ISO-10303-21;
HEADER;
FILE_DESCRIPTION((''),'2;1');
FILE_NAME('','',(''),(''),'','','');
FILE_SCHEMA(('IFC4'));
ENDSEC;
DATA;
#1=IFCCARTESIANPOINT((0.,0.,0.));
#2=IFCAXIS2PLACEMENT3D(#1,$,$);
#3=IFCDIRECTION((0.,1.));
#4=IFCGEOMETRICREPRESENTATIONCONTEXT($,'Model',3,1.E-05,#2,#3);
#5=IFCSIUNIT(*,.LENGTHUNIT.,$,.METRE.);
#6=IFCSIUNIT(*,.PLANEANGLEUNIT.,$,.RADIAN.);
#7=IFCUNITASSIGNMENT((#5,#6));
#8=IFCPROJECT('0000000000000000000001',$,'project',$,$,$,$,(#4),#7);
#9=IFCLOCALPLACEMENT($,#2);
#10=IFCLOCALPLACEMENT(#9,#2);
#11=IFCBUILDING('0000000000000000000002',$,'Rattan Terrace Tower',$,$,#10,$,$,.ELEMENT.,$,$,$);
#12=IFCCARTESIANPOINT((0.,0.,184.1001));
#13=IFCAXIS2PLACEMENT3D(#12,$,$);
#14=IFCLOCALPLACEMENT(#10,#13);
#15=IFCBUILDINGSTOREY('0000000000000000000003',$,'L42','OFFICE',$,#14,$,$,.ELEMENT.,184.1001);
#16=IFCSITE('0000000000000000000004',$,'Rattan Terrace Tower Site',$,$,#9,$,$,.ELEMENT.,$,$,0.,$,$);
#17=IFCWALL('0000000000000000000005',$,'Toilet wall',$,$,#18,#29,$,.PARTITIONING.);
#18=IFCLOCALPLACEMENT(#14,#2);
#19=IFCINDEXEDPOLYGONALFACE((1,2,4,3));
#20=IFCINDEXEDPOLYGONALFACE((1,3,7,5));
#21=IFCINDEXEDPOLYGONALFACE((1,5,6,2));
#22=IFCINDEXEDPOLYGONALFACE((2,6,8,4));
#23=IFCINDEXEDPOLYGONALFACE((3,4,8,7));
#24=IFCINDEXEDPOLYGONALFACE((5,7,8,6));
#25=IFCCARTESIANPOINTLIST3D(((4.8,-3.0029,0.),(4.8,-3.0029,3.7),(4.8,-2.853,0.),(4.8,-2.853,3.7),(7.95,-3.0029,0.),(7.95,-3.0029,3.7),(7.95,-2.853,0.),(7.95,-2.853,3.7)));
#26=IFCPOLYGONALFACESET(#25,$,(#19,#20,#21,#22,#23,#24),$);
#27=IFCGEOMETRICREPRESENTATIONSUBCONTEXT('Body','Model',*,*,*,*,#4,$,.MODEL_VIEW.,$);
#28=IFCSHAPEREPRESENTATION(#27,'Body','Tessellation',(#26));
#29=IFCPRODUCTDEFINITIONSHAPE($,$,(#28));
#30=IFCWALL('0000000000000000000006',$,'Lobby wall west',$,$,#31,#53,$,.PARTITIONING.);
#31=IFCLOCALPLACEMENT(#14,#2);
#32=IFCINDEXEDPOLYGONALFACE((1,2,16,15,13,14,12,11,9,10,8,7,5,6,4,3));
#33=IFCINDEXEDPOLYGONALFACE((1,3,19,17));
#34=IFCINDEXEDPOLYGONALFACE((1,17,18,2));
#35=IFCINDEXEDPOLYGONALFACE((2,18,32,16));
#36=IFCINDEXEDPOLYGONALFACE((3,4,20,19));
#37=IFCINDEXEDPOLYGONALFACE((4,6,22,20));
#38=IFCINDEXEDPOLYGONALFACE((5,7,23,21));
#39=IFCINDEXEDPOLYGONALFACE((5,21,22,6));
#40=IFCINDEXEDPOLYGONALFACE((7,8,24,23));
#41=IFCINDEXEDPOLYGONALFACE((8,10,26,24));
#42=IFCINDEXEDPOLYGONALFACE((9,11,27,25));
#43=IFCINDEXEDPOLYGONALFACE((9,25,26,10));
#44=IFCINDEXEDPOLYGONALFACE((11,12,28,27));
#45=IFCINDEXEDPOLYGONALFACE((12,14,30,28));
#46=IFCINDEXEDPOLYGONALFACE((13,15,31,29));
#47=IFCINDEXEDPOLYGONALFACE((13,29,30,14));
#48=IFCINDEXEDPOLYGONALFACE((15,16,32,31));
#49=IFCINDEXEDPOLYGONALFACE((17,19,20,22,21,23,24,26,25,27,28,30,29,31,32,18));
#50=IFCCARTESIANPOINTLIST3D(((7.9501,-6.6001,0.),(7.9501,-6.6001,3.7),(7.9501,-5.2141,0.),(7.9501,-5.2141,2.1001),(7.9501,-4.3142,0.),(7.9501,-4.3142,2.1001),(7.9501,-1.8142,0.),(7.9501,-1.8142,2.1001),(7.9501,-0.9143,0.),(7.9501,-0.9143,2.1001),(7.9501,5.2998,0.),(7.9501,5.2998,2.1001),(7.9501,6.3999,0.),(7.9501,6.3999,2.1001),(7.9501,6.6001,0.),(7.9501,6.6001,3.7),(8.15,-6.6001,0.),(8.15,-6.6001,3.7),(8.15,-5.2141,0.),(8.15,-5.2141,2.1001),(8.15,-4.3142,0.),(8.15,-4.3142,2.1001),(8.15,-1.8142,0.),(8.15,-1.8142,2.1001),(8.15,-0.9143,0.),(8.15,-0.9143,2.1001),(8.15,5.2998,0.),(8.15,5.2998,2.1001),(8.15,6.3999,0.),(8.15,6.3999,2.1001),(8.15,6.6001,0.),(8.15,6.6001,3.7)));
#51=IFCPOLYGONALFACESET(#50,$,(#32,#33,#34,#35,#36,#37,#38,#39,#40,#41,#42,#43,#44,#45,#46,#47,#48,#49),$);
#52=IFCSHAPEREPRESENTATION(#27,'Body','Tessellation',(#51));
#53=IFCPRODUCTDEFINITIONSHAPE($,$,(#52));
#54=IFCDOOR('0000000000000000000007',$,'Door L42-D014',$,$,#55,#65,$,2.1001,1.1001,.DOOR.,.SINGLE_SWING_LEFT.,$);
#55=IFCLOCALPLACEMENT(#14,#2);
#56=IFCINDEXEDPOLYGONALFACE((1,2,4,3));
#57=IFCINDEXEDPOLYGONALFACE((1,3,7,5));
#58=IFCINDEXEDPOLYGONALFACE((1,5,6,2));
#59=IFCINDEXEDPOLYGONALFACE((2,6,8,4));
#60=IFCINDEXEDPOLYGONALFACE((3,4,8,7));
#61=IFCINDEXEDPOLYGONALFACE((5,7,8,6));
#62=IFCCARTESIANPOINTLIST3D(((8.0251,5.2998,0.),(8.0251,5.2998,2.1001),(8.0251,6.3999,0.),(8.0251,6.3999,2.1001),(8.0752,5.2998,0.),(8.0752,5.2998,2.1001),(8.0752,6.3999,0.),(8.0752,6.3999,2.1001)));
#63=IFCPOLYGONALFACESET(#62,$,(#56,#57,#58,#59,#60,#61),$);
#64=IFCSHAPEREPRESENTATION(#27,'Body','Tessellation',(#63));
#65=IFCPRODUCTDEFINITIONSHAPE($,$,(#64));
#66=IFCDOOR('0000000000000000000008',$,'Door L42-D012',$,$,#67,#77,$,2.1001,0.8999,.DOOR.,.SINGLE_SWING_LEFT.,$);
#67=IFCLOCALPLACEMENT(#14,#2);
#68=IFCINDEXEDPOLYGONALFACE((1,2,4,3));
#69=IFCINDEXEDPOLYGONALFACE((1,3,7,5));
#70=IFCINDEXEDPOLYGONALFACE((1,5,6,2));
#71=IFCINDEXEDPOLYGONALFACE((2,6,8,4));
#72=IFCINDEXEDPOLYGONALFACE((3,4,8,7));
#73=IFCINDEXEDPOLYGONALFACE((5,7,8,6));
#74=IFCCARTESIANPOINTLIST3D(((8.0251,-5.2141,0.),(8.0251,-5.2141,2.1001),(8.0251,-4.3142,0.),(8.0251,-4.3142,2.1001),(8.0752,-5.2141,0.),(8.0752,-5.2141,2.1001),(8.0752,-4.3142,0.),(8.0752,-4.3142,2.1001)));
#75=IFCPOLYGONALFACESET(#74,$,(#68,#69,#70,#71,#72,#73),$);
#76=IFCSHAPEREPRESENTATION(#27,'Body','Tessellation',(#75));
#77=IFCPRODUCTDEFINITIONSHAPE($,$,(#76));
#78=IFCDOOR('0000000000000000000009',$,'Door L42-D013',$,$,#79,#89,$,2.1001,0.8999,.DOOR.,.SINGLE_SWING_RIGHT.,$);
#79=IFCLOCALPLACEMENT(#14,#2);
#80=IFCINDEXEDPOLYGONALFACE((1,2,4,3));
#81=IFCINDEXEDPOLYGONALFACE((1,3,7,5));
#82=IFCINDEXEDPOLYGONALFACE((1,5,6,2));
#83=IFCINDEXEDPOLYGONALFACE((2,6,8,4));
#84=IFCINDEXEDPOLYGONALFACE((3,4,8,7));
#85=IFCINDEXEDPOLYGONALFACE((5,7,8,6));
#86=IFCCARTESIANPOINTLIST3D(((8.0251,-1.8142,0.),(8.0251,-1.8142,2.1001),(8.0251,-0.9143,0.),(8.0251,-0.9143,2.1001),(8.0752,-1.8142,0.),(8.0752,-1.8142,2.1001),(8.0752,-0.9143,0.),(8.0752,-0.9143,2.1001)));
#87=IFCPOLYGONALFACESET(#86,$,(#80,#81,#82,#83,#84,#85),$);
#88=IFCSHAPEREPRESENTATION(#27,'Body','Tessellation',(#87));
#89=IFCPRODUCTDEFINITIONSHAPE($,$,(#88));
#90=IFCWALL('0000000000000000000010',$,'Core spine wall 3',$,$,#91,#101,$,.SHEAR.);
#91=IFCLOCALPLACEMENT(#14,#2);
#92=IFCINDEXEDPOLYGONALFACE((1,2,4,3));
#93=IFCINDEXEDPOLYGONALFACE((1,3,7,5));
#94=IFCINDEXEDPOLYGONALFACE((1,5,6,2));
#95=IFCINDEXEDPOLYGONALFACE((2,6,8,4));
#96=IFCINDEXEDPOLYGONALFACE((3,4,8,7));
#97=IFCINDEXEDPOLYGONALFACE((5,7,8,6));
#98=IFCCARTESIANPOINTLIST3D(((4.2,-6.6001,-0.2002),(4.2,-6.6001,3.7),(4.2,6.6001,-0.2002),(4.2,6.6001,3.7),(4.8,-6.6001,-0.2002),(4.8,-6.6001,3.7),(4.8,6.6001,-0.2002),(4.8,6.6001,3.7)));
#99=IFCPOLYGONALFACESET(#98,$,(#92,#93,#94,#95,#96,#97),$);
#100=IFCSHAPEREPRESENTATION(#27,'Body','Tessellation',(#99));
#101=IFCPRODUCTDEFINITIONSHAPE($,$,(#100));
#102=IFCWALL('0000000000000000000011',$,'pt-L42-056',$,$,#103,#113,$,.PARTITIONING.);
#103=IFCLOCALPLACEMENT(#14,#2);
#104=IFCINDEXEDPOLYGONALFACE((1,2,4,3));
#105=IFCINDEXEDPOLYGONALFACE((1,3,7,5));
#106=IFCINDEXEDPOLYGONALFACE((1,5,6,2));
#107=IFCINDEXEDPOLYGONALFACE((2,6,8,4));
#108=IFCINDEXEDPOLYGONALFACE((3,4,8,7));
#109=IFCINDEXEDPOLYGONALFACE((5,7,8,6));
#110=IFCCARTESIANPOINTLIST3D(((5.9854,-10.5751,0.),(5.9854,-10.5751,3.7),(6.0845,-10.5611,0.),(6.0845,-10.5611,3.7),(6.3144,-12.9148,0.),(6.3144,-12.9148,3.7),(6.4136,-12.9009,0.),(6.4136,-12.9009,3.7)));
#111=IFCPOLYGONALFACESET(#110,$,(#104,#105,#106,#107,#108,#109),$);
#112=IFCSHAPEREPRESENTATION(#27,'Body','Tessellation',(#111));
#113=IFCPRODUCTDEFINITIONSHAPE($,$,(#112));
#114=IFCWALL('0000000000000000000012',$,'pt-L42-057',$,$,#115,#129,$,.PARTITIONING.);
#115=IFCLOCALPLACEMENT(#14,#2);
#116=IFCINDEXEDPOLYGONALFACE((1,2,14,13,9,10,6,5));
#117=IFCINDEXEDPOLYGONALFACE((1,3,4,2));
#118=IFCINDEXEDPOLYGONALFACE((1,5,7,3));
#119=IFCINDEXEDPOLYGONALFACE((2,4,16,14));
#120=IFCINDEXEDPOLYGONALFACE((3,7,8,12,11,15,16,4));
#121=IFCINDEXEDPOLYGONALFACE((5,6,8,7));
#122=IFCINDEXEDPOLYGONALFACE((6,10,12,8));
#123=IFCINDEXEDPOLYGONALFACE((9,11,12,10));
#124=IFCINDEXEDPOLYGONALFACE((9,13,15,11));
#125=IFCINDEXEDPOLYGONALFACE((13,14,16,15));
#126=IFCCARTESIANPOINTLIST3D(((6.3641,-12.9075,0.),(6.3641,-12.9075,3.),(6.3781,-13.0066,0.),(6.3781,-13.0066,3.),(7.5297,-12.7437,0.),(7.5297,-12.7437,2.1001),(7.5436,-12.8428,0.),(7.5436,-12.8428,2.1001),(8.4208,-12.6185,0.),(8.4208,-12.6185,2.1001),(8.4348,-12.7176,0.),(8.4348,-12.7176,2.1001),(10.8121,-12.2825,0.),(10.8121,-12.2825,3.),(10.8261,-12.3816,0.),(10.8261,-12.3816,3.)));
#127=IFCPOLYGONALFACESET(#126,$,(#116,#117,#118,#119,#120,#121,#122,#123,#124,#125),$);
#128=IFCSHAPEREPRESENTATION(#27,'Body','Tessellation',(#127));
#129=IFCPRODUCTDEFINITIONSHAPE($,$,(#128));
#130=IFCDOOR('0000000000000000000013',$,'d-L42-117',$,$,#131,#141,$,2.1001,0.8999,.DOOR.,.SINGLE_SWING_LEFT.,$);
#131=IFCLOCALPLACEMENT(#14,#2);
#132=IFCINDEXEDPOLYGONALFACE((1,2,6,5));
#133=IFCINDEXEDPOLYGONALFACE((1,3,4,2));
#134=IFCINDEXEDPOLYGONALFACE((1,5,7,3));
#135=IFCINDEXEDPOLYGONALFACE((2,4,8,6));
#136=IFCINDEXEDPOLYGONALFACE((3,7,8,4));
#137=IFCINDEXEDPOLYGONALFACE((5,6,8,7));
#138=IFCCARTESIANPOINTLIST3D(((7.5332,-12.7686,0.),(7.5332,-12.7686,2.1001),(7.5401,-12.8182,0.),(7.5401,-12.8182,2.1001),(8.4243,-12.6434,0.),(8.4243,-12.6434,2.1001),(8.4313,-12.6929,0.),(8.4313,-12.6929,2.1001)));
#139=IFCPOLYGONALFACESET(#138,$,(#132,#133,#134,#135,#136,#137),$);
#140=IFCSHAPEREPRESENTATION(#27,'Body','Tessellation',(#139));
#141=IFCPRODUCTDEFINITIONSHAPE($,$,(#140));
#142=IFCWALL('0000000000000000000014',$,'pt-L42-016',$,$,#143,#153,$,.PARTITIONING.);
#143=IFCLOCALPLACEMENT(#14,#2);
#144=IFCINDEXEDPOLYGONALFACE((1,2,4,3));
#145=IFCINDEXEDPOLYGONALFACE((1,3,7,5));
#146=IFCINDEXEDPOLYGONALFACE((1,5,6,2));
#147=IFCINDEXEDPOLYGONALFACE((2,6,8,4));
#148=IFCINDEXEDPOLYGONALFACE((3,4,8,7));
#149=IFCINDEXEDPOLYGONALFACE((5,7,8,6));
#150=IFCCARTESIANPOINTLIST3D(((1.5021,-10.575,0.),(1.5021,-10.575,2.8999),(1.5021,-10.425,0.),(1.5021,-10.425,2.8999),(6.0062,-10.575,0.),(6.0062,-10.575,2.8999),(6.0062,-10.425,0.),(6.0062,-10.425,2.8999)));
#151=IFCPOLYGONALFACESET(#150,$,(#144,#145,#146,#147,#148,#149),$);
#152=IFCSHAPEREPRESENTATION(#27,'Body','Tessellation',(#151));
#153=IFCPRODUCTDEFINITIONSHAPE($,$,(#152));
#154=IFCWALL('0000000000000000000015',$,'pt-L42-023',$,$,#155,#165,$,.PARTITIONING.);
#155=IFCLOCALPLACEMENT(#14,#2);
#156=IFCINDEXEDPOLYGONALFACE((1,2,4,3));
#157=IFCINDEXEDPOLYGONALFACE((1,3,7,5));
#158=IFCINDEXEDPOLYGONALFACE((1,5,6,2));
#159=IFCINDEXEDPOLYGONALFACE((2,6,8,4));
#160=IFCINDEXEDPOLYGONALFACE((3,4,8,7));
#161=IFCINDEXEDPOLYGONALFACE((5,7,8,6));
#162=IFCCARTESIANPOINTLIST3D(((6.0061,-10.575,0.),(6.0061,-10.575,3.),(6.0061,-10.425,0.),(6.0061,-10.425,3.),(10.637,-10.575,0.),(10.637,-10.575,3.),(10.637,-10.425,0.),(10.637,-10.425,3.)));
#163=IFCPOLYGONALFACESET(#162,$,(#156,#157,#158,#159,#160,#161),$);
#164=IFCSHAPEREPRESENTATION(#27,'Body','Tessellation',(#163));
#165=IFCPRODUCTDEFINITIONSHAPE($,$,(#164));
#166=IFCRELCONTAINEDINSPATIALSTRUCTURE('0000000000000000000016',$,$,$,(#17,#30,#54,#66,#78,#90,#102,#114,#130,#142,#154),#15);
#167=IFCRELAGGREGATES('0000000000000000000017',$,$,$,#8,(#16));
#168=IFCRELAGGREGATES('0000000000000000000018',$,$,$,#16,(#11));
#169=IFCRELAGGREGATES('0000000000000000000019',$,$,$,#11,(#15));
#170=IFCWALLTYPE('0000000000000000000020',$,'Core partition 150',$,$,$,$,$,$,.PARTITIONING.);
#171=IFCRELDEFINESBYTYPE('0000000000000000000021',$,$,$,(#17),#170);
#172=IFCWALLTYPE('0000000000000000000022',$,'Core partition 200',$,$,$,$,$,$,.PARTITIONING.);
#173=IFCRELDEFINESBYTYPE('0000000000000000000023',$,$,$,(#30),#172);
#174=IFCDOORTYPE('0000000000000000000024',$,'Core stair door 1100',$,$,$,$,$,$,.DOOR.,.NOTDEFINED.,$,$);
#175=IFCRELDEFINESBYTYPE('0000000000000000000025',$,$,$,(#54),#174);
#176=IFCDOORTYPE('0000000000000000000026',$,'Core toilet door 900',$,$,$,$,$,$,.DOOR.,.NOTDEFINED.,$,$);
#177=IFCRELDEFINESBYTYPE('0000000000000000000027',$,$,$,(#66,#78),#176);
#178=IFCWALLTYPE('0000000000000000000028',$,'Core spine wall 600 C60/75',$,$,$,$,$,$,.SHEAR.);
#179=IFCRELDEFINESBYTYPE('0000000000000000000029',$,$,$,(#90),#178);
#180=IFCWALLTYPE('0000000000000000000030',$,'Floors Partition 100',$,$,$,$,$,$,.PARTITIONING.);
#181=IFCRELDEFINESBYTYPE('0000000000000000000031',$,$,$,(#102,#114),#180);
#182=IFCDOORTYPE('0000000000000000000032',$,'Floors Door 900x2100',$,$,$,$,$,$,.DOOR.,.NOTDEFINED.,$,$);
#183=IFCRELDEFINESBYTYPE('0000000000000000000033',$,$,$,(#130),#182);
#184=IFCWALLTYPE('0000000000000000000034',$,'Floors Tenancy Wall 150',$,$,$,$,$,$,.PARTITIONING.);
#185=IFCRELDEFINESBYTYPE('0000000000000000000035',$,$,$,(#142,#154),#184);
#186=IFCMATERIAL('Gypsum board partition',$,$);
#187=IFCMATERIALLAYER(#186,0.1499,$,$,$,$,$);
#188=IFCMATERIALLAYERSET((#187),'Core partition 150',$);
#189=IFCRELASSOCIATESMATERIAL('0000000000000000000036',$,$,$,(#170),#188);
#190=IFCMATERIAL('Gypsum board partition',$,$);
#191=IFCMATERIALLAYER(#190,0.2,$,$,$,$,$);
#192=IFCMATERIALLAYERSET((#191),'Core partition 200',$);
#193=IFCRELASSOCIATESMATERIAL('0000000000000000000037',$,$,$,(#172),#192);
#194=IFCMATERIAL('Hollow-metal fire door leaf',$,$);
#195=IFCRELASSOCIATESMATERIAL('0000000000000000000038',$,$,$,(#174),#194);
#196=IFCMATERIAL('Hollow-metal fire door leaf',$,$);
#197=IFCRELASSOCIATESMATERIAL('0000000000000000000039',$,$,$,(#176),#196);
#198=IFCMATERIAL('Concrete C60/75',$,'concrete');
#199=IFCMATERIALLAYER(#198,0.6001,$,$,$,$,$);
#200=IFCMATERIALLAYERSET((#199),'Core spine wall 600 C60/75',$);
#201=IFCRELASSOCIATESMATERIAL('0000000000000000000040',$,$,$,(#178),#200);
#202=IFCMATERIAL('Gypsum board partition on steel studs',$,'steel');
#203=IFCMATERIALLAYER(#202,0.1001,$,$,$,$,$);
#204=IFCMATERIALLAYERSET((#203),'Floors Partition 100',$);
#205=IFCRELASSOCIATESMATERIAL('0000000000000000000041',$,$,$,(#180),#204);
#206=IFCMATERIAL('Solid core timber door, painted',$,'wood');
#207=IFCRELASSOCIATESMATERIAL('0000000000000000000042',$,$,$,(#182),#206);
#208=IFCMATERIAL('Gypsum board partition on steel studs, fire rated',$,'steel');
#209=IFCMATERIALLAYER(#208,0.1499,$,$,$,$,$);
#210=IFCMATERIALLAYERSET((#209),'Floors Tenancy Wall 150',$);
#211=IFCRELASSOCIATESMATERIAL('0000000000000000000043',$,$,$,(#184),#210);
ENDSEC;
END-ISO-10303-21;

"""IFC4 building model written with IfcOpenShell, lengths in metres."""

from ifc_helpers import new_model, si_unit, direction, frame, frame_2d, origin, place, context, subcontext, project, spatial, rectangle, extrude, material, layer, layer_set, type_object, element, fill, save


model = new_model("IFC4")

# Units and contexts
model_context = context("Model", 3, precision=1e-05, world=origin(), true_north=direction((0.0, 1.0)))
body_context = subcontext(model_context, "Body", "Model", "MODEL_VIEW")
ifc_project = project(units=[si_unit("LENGTHUNIT", "METRE"), si_unit("PLANEANGLEUNIT", "RADIAN")], contexts=[model_context])

# Site, building, storey
site_placement = place(None, origin())
site = spatial("IfcSite", under=ifc_project, at=site_placement, Name="Rattan Terrace Tower Site", CompositionType="ELEMENT", RefElevation=0.0)
building_placement = place(site_placement, origin())
building = spatial("IfcBuilding", under=site, at=building_placement, Name="Rattan Terrace Tower", CompositionType="ELEMENT")
storey_placement = place(building_placement, frame((0.0, 0.0, 184.1001)))
storey = spatial("IfcBuildingStorey", under=building, at=storey_placement, Name="L42", Description="OFFICE", CompositionType="ELEMENT", Elevation=184.1001)

# Wall
ifc_material_1 = material(Name="Gypsum board partition")
ifc_layer_1 = layer(ifc_material_1, 0.1499)
ifc_layer_set_1 = layer_set([ifc_layer_1], Name="Core partition 150")
wall_type_1 = type_object("IfcWallType", Name="Core partition 150", PredefinedType="PARTITIONING", material=ifc_layer_set_1)
wall_1_placement = place(storey_placement, frame((4.8, -2.928, 0.0), z_axis=(0.0, 0.0, 1.0), x_axis=(1.0, 0.0, 0.0)))
element("IfcWall", 1, at=wall_1_placement, inside=storey, type_object=wall_type_1, Name="Toilet wall", PredefinedType="PARTITIONING", context=body_context, shape_type="SweptSolid", body=[
    extrude(rectangle(XDim=3.1499, YDim=0.1499, at=frame_2d((1.575, 0.0))), origin(), (0.0, 0.0, 1.0), 3.7),
])

# Wall, openings, doors
ifc_material_2 = material(Name="Gypsum board partition")
ifc_layer_2 = layer(ifc_material_2, 0.2)
ifc_layer_set_2 = layer_set([ifc_layer_2], Name="Core partition 200")
wall_type_2 = type_object("IfcWallType", Name="Core partition 200", PredefinedType="PARTITIONING", material=ifc_layer_set_2)
wall_2_placement = place(storey_placement, frame((8.05, -6.6001, 0.0), z_axis=(0.0, 0.0, 1.0), x_axis=(0.0, 1.0, 0.0)))
wall_2 = element("IfcWall", 2, at=wall_2_placement, inside=storey, type_object=wall_type_2, Name="Lobby wall west", PredefinedType="PARTITIONING", context=body_context, shape_type="SweptSolid", body=[
    extrude(rectangle(XDim=13.2002, YDim=0.2, at=frame_2d((6.6001, 0.0))), origin(), (0.0, 0.0, 1.0), 3.7),
])
opening_1_placement = place(wall_2_placement, frame((1.386, 0.0, 0.0)))
opening_1 = element("IfcOpeningElement", 3, at=opening_1_placement, cuts=wall_2, PredefinedType="OPENING", context=body_context, shape_type="SweptSolid", body=[
    extrude(rectangle(XDim=0.8999, YDim=2.1001, at=frame_2d((0.45, 1.05))), frame((0.0, 0.1106, 0.0), z_axis=(0.0, -1.0, 0.0), x_axis=(1.0, 0.0, 0.0)), (0.0, 0.0, 1.0), 0.2209),
])
opening_2_placement = place(wall_2_placement, frame((4.7859, 0.0, 0.0)))
opening_2 = element("IfcOpeningElement", 4, at=opening_2_placement, cuts=wall_2, PredefinedType="OPENING", context=body_context, shape_type="SweptSolid", body=[
    extrude(rectangle(XDim=0.8999, YDim=2.1001, at=frame_2d((0.45, 1.05))), frame((0.0, 0.1106, 0.0), z_axis=(0.0, -1.0, 0.0), x_axis=(1.0, 0.0, 0.0)), (0.0, 0.0, 1.0), 0.2209),
])
opening_3_placement = place(wall_2_placement, frame((11.8999, 0.0, 0.0)))
opening_3 = element("IfcOpeningElement", 5, at=opening_3_placement, cuts=wall_2, PredefinedType="OPENING", context=body_context, shape_type="SweptSolid", body=[
    extrude(rectangle(XDim=1.1001, YDim=2.1001, at=frame_2d((0.55, 1.05))), frame((0.0, 0.1106, 0.0), z_axis=(0.0, -1.0, 0.0), x_axis=(1.0, 0.0, 0.0)), (0.0, 0.0, 1.0), 0.2209),
])
ifc_material_3 = material(Name="Hollow-metal fire door leaf")
door_type_1 = type_object("IfcDoorType", Name="Core stair door 1100", OperationType="NOTDEFINED", PredefinedType="DOOR", material=ifc_material_3)
door_1_placement = place(opening_3_placement, origin())
door_1 = element("IfcDoor", 6, at=door_1_placement, inside=storey, type_object=door_type_1, Name="Door L42-D014", OperationType="SINGLE_SWING_LEFT", OverallHeight=2.1001, OverallWidth=1.1001, PredefinedType="DOOR", context=body_context, shape_type="SweptSolid", body=[
    extrude(rectangle(XDim=1.1001, YDim=2.1001, at=frame_2d((0.55, 1.05))), frame((0.0, 0.0249, 0.0), z_axis=(0.0, -1.0, 0.0), x_axis=(1.0, 0.0, 0.0)), (0.0, 0.0, 1.0), 0.05),
])
fill(opening_3, door_1)
ifc_material_4 = material(Name="Hollow-metal fire door leaf")
door_type_2 = type_object("IfcDoorType", Name="Core toilet door 900", OperationType="NOTDEFINED", PredefinedType="DOOR", material=ifc_material_4)
door_2_placement = place(opening_1_placement, origin())
door_2 = element("IfcDoor", 7, at=door_2_placement, inside=storey, type_object=door_type_2, Name="Door L42-D012", OperationType="SINGLE_SWING_LEFT", OverallHeight=2.1001, OverallWidth=0.8999, PredefinedType="DOOR", context=body_context, shape_type="SweptSolid", body=[
    extrude(rectangle(XDim=0.8999, YDim=2.1001, at=frame_2d((0.45, 1.05))), frame((0.0, 0.0249, 0.0), z_axis=(0.0, -1.0, 0.0), x_axis=(1.0, 0.0, 0.0)), (0.0, 0.0, 1.0), 0.05),
])
fill(opening_1, door_2)
door_3_placement = place(opening_2_placement, origin())
door_3 = element("IfcDoor", 8, at=door_3_placement, inside=storey, type_object=door_type_2, Name="Door L42-D013", OperationType="SINGLE_SWING_RIGHT", OverallHeight=2.1001, OverallWidth=0.8999, PredefinedType="DOOR", context=body_context, shape_type="SweptSolid", body=[
    extrude(rectangle(XDim=0.8999, YDim=2.1001, at=frame_2d((0.45, 1.05))), frame((0.0, 0.0249, 0.0), z_axis=(0.0, -1.0, 0.0), x_axis=(1.0, 0.0, 0.0)), (0.0, 0.0, 1.0), 0.05),
])
fill(opening_2, door_3)

# Walls
ifc_material_5 = material(Name="Concrete C60/75", Category="concrete")
ifc_layer_3 = layer(ifc_material_5, 0.6001)
ifc_layer_set_3 = layer_set([ifc_layer_3], Name="Core spine wall 600 C60/75")
wall_type_3 = type_object("IfcWallType", Name="Core spine wall 600 C60/75", PredefinedType="SHEAR", material=ifc_layer_set_3)
wall_3_placement = place(storey_placement, frame((4.5, -6.6001, -0.2002), z_axis=(0.0, 0.0, 1.0), x_axis=(0.0, 1.0, 0.0)))
element("IfcWall", 9, at=wall_3_placement, inside=storey, type_object=wall_type_3, Name="Core spine wall 3", PredefinedType="SHEAR", context=body_context, shape_type="SweptSolid", body=[
    extrude(rectangle(XDim=13.2002, YDim=0.6001, at=frame_2d((6.6001, 0.0))), origin(), (0.0, 0.0, 1.0), 3.9001),
])
ifc_material_6 = material(Name="Gypsum board partition on steel studs", Category="steel")
ifc_layer_4 = layer(ifc_material_6, 0.1001)
ifc_layer_set_4 = layer_set([ifc_layer_4], Name="Floors Partition 100")
wall_type_4 = type_object("IfcWallType", Name="Floors Partition 100", PredefinedType="PARTITIONING", material=ifc_layer_set_4)
wall_4_placement = place(storey_placement, frame((6.0349, -10.5681, 0.0), z_axis=(0.0, 0.0, 1.0), x_axis=(0.13928, -0.990253, 0.0)))
element("IfcWall", 10, at=wall_4_placement, inside=storey, type_object=wall_type_4, Name="pt-L42-056", PredefinedType="PARTITIONING", context=body_context, shape_type="SweptSolid", body=[
    extrude(rectangle(XDim=2.3628, YDim=0.1001, at=frame_2d((1.1814, 0.0))), origin(), (0.0, 0.0, 1.0), 3.7),
])

# Wall, opening, door
wall_5_placement = place(storey_placement, frame((6.3711, -12.957, 0.0), z_axis=(0.0, 0.0, 1.0), x_axis=(0.990272, 0.139146, 0.0)))
wall_5 = element("IfcWall", 11, at=wall_5_placement, inside=storey, type_object=wall_type_4, Name="pt-L42-057", PredefinedType="PARTITIONING", context=body_context, shape_type="SweptSolid", body=[
    extrude(rectangle(XDim=4.4917, YDim=0.1001, at=frame_2d((2.2458, 0.0))), origin(), (0.0, 0.0, 1.0), 3.0),
])
opening_4_placement = place(wall_5_placement, frame((1.177, 0.0, 0.0)))
opening_4 = element("IfcOpeningElement", 12, at=opening_4_placement, cuts=wall_5, PredefinedType="OPENING", context=body_context, shape_type="SweptSolid", body=[
    extrude(rectangle(XDim=0.8999, YDim=2.1001, at=frame_2d((0.45, 1.05))), frame((0.0, 0.0605, 0.0), z_axis=(0.0, -1.0, 0.0), x_axis=(1.0, 0.0, 0.0)), (0.0, 0.0, 1.0), 0.1211),
])
ifc_material_7 = material(Name="Solid core timber door, painted", Category="wood")
door_type_3 = type_object("IfcDoorType", Name="Floors Door 900x2100", OperationType="NOTDEFINED", PredefinedType="DOOR", material=ifc_material_7)
door_4_placement = place(opening_4_placement, origin())
door_4 = element("IfcDoor", 13, at=door_4_placement, inside=storey, type_object=door_type_3, Name="d-L42-117", OperationType="SINGLE_SWING_LEFT", OverallHeight=2.1001, OverallWidth=0.8999, PredefinedType="DOOR", context=body_context, shape_type="SweptSolid", body=[
    extrude(rectangle(XDim=0.8999, YDim=2.1001, at=frame_2d((0.45, 1.05))), frame((0.0, 0.0249, 0.0), z_axis=(0.0, -1.0, 0.0), x_axis=(1.0, 0.0, 0.0)), (0.0, 0.0, 1.0), 0.05),
])
fill(opening_4, door_4)

# Walls
ifc_material_8 = material(Name="Gypsum board partition on steel studs, fire rated", Category="steel")
ifc_layer_5 = layer(ifc_material_8, 0.1499)
ifc_layer_set_5 = layer_set([ifc_layer_5], Name="Floors Tenancy Wall 150")
wall_type_5 = type_object("IfcWallType", Name="Floors Tenancy Wall 150", PredefinedType="PARTITIONING", material=ifc_layer_set_5)
wall_6_placement = place(storey_placement, frame((6.0061, -10.5, 0.0), z_axis=(0.0, 0.0, 1.0), x_axis=(-1.0, 0.0, 0.0)))
element("IfcWall", 14, at=wall_6_placement, inside=storey, type_object=wall_type_5, Name="pt-L42-016", PredefinedType="PARTITIONING", context=body_context, shape_type="SweptSolid", body=[
    extrude(rectangle(XDim=4.5042, YDim=0.1499, at=frame_2d((2.252, 0.0))), origin(), (0.0, 0.0, 1.0), 2.8999),
])
wall_7_placement = place(storey_placement, frame((10.637, -10.5, 0.0), z_axis=(0.0, 0.0, 1.0), x_axis=(-1.0, 0.0, 0.0)))
element("IfcWall", 15, at=wall_7_placement, inside=storey, type_object=wall_type_5, Name="pt-L42-023", PredefinedType="PARTITIONING", context=body_context, shape_type="SweptSolid", body=[
    extrude(rectangle(XDim=4.6309, YDim=0.1499, at=frame_2d((2.3154, 0.0))), origin(), (0.0, 0.0, 1.0), 3.0),
])

save(model, "model.ifc")
